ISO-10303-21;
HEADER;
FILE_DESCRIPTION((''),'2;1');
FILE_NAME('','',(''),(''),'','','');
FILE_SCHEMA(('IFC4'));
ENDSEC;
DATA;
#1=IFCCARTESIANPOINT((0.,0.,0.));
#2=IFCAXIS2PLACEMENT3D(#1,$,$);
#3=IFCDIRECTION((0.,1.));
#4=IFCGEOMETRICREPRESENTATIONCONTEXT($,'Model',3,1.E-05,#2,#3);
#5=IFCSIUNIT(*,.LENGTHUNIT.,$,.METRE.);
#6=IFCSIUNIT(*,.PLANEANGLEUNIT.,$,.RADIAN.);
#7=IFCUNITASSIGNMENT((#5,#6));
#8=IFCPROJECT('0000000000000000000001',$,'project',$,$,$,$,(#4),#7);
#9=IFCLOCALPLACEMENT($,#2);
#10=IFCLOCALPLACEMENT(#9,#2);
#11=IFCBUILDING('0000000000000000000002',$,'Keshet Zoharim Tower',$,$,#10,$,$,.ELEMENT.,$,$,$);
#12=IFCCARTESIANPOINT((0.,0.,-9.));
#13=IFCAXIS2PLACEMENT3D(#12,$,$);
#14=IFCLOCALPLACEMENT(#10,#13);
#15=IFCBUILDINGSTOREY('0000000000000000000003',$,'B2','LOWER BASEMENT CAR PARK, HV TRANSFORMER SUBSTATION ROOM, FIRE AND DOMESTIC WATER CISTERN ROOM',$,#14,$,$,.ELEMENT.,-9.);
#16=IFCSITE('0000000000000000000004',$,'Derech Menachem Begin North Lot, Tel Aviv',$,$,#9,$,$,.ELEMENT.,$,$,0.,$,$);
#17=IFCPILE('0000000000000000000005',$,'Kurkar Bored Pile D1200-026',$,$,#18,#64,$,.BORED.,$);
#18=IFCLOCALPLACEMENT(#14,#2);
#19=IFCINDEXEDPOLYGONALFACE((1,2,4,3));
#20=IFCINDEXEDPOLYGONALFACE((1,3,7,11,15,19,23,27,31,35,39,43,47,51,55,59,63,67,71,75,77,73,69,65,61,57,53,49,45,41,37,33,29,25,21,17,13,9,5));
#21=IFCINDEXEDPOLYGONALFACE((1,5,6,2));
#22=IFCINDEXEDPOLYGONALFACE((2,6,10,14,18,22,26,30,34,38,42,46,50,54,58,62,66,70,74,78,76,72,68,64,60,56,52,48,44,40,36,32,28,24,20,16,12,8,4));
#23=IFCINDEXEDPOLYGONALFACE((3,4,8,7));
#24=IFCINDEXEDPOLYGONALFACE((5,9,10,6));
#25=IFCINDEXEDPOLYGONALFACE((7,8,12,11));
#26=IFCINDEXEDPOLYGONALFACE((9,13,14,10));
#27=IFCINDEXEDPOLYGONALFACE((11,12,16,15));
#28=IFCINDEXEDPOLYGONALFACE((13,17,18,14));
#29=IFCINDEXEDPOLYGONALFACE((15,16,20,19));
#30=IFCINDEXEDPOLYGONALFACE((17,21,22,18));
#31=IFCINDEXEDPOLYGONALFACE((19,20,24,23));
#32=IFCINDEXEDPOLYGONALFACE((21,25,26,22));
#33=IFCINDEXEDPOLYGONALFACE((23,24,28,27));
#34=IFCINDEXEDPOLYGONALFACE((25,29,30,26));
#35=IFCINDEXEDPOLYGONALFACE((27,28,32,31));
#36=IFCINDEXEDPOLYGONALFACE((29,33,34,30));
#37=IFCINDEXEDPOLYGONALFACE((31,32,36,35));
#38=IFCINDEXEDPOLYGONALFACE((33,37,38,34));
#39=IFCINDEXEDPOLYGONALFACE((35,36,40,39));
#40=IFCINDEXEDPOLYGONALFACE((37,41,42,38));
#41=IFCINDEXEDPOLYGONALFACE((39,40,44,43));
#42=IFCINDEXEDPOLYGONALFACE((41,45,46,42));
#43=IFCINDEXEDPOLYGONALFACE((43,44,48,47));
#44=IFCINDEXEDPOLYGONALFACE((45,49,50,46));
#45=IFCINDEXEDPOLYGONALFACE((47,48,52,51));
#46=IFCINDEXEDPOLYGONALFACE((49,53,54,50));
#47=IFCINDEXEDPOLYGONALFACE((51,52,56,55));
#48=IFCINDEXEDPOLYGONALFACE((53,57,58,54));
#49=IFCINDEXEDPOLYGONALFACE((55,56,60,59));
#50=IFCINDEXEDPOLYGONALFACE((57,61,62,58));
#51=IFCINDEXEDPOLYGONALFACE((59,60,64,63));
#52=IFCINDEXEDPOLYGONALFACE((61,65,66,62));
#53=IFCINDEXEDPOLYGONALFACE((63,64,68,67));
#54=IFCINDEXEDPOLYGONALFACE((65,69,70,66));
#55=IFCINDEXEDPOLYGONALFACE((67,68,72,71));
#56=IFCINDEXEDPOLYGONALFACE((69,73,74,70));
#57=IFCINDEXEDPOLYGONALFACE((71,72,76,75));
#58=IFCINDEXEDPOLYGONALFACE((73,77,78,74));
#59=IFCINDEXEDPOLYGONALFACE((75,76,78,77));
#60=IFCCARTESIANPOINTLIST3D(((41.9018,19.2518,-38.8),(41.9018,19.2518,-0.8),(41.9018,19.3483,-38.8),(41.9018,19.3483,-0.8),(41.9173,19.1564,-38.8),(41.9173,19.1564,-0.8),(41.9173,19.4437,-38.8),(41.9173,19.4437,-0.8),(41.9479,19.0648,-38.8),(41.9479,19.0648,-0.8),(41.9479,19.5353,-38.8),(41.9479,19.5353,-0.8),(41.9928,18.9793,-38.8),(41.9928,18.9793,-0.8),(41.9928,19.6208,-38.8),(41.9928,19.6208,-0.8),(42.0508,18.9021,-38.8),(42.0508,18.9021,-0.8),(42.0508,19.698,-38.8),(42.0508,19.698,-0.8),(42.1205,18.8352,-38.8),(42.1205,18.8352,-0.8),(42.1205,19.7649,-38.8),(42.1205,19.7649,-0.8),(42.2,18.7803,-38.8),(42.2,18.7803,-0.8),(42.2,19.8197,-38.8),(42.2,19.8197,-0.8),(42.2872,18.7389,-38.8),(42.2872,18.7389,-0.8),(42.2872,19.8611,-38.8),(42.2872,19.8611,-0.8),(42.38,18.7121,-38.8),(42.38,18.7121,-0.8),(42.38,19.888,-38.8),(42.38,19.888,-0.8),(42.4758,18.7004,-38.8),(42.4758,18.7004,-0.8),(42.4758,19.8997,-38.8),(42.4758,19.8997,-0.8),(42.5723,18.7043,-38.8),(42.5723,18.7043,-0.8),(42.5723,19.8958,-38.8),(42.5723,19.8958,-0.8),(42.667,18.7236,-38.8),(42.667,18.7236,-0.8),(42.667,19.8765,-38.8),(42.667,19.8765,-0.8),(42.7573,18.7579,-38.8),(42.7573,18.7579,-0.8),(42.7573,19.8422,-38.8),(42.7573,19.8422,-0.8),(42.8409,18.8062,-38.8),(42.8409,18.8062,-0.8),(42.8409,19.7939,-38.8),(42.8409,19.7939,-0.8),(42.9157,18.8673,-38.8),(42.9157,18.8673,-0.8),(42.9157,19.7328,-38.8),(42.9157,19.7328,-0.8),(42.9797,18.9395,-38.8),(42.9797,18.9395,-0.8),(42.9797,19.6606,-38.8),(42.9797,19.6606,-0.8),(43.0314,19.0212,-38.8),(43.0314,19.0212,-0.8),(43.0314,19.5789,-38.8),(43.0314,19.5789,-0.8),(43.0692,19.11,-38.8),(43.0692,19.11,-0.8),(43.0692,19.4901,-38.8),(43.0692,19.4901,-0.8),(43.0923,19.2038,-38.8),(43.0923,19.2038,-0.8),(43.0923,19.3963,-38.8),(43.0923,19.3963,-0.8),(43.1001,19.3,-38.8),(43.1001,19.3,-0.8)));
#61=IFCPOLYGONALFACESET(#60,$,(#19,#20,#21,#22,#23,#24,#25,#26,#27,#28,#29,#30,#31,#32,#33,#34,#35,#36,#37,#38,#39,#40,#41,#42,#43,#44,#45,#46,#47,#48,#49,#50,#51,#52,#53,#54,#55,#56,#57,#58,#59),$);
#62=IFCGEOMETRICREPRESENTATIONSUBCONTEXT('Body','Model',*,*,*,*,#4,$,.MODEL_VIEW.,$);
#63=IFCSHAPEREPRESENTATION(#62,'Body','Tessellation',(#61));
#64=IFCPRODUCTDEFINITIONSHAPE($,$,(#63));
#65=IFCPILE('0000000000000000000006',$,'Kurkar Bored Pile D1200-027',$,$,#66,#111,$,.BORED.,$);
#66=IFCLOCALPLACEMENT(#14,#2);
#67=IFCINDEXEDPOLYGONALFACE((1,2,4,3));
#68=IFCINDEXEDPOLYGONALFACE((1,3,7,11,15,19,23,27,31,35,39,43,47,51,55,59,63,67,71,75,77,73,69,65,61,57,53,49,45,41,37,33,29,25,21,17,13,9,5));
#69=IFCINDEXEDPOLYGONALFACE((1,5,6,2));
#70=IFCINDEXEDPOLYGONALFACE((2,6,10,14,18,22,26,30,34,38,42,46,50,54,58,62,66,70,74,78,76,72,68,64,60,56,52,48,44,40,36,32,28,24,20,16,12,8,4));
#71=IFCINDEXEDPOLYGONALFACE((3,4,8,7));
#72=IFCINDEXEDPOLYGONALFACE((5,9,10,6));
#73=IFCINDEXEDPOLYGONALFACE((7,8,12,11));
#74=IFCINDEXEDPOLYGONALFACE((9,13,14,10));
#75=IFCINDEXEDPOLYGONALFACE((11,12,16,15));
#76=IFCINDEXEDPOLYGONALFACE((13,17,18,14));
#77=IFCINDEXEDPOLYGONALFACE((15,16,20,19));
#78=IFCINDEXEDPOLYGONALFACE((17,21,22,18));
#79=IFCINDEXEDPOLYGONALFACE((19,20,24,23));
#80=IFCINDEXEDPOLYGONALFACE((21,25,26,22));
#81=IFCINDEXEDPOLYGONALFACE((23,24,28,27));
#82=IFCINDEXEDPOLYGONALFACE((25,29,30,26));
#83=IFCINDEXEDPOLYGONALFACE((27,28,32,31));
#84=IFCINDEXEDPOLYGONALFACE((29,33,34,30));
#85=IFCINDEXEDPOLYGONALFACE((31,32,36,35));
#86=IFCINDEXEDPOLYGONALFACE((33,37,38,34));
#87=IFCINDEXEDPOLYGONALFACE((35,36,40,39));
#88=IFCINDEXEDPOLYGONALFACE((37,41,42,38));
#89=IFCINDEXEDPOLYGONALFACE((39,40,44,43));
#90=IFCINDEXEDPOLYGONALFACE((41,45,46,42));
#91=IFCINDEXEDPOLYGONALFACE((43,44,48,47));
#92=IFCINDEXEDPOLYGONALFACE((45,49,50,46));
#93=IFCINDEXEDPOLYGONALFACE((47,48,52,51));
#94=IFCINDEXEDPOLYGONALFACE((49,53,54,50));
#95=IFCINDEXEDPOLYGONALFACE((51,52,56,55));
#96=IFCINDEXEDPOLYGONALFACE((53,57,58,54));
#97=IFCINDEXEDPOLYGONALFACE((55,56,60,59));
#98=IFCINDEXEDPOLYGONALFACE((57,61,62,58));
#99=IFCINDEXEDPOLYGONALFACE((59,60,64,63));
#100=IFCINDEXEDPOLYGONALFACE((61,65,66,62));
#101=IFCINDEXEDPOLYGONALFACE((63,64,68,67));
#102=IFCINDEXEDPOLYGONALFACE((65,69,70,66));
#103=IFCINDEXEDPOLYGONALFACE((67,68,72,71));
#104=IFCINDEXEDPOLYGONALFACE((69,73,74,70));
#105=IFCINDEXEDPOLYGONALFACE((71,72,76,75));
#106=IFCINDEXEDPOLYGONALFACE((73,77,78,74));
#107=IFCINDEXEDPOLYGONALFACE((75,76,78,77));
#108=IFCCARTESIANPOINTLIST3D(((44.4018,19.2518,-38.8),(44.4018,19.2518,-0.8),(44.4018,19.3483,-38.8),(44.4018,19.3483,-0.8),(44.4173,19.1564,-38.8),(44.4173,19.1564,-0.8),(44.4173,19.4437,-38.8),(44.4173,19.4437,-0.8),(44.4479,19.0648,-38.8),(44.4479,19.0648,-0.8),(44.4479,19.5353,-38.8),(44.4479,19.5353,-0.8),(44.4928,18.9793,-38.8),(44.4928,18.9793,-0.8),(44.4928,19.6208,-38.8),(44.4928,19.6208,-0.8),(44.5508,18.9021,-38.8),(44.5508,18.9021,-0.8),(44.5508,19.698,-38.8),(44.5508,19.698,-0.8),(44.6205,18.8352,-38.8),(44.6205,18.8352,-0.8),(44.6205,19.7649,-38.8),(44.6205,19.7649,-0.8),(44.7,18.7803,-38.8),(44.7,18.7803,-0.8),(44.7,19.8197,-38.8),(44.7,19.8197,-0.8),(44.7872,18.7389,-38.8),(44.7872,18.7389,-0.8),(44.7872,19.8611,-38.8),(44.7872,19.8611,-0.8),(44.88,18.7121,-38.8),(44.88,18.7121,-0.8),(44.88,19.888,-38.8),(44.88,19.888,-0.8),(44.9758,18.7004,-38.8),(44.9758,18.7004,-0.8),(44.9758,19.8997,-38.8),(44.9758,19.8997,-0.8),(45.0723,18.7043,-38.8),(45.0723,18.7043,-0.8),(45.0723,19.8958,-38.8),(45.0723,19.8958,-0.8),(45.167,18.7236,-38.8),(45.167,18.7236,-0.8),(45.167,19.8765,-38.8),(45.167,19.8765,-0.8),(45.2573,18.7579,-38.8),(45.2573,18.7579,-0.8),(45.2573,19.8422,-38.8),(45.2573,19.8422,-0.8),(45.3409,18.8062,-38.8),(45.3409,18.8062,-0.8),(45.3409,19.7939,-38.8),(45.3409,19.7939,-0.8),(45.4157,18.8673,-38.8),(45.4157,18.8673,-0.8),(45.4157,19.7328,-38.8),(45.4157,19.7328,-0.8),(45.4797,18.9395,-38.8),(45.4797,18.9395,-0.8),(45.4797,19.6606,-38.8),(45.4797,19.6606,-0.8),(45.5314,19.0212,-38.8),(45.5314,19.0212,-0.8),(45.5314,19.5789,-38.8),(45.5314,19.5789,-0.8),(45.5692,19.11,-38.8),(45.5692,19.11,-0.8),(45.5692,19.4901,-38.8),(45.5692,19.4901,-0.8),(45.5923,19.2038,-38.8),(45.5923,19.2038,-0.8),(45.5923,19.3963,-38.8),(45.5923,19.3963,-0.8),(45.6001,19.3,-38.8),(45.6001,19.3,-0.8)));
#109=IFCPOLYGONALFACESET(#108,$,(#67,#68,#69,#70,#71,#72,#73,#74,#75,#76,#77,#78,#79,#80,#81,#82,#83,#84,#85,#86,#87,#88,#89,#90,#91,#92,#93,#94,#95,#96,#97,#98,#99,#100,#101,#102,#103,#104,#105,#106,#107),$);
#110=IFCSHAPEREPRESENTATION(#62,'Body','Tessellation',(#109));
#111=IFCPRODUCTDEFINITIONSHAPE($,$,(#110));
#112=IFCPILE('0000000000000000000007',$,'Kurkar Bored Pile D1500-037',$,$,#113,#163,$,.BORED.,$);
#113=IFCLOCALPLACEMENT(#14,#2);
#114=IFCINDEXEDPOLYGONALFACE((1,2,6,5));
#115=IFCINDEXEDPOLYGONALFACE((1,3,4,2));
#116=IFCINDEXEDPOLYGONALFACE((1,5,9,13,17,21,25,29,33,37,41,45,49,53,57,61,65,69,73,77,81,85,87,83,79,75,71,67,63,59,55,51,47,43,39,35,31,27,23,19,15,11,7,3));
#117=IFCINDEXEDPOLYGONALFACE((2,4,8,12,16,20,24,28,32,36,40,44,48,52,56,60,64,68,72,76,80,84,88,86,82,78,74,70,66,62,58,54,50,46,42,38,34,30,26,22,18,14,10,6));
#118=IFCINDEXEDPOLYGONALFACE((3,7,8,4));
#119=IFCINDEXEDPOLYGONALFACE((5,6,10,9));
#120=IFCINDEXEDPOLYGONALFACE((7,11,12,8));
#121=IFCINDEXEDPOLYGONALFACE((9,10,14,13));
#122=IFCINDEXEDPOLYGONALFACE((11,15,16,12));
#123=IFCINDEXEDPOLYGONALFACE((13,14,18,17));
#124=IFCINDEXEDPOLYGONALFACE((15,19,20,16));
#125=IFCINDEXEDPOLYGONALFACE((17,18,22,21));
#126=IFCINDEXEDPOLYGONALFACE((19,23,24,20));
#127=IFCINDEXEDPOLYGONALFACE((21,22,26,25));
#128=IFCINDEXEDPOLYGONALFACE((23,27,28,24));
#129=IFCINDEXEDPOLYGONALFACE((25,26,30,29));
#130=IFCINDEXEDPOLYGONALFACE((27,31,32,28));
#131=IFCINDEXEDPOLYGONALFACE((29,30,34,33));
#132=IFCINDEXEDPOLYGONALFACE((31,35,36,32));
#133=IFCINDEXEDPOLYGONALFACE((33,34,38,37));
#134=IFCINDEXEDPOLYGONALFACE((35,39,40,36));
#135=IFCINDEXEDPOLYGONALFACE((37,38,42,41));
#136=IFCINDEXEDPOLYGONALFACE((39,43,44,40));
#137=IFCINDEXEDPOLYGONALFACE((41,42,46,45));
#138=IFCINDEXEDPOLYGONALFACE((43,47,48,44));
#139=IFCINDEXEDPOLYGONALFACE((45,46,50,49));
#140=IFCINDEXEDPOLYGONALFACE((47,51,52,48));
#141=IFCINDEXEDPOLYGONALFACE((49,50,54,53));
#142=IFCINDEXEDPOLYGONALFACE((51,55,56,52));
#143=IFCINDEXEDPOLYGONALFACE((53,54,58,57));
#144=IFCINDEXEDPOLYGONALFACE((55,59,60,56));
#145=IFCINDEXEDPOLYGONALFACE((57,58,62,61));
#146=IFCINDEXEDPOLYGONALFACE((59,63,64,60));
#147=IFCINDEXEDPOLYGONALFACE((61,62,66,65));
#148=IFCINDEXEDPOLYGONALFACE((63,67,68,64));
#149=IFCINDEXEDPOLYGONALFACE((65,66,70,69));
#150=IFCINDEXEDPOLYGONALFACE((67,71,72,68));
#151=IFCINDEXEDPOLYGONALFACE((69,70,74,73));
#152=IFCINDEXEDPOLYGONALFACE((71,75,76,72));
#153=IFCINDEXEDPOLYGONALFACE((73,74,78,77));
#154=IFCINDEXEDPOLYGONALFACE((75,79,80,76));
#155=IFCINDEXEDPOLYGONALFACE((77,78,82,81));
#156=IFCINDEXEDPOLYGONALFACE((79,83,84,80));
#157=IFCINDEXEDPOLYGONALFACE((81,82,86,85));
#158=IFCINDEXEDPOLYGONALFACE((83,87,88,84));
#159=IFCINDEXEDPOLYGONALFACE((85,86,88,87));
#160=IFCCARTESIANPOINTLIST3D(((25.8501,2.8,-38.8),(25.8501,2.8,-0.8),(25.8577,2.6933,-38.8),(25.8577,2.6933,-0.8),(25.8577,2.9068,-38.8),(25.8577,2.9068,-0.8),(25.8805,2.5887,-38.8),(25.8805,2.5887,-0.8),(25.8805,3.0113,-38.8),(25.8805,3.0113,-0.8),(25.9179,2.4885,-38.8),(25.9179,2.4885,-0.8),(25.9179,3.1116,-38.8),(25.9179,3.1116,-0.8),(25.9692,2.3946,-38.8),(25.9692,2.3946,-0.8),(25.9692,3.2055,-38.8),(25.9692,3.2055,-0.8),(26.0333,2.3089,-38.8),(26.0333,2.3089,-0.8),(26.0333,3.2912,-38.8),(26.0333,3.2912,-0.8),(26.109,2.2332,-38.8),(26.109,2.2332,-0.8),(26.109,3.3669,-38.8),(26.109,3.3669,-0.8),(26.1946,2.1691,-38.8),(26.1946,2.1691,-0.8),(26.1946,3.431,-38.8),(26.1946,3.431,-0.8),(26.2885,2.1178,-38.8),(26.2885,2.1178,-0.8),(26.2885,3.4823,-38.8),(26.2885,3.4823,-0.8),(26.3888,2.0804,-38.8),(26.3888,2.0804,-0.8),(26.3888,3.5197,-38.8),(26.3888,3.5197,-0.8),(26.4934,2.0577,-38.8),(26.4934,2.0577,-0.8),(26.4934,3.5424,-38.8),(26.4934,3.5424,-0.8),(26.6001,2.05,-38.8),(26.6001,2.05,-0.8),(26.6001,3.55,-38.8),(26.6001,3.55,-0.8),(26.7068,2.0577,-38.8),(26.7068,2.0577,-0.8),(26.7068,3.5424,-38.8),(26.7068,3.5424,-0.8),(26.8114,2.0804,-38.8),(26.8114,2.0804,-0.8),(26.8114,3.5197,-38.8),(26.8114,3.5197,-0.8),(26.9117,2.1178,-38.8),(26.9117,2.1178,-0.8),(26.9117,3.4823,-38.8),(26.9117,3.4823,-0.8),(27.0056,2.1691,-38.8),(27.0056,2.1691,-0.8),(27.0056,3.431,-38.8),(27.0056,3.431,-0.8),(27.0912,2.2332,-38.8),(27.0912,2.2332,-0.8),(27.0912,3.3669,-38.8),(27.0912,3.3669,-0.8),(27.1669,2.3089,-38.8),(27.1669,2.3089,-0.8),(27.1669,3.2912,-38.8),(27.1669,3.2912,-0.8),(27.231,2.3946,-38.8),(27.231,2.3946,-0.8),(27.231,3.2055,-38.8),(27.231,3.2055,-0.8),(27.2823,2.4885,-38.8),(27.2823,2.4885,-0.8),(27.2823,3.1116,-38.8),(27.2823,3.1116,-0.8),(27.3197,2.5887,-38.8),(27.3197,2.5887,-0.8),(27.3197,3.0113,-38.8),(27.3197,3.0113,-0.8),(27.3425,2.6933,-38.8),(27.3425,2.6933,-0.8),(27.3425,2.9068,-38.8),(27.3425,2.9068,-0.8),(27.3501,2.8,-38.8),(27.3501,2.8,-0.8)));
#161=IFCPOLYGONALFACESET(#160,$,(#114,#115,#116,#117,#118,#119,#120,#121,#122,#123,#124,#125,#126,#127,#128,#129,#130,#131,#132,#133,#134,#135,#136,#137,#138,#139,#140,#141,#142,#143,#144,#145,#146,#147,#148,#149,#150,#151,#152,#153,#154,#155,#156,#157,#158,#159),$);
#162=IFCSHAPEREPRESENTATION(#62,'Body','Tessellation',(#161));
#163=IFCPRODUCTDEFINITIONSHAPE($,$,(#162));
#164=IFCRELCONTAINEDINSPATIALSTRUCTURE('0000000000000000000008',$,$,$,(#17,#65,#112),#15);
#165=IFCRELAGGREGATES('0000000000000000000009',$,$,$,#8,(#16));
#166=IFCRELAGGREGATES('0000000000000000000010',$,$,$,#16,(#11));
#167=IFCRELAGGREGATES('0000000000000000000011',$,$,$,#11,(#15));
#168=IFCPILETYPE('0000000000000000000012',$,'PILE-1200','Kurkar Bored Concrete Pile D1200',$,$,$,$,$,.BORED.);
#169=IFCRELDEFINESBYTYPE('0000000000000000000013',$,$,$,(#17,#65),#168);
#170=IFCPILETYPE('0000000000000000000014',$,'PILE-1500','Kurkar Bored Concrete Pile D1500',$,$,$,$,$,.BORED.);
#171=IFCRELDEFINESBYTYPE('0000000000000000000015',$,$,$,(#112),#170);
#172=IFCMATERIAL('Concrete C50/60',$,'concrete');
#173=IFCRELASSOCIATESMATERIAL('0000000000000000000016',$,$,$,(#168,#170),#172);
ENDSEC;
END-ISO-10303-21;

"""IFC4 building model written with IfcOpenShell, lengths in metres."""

from ifc_helpers import new_model, si_unit, direction, frame, origin, origin_2d, place, context, subcontext, project, spatial, circle, extrude, material, material_profile, profile_set, type_object, element, save


model = new_model("IFC4")

# Units and contexts
model_context = context("Model", 3, precision=1e-05, world=origin(), true_north=direction((0.0, 1.0)))
body_context = subcontext(model_context, "Body", "Model", "MODEL_VIEW")
ifc_project = project(units=[si_unit("LENGTHUNIT", "METRE"), si_unit("PLANEANGLEUNIT", "RADIAN")], contexts=[model_context])

# Site, building, storey
site_placement = place(None, origin())
site = spatial("IfcSite", under=ifc_project, at=site_placement, Name="Derech Menachem Begin North Lot, Tel Aviv", CompositionType="ELEMENT", RefElevation=0.0)
building_placement = place(site_placement, origin())
building = spatial("IfcBuilding", under=site, at=building_placement, Name="Keshet Zoharim Tower", CompositionType="ELEMENT")
storey_placement = place(building_placement, frame((0.0, 0.0, -9.0)))
storey = spatial("IfcBuildingStorey", under=building, at=storey_placement, Name="B2", Description="LOWER BASEMENT CAR PARK, HV TRANSFORMER SUBSTATION ROOM, FIRE AND DOMESTIC WATER CISTERN ROOM", CompositionType="ELEMENT", Elevation=-9.0)

# Piles
ifc_material_1 = material(Name="Concrete C50/60", Category="concrete")
ifc_material_profile_1 = material_profile(ifc_material_1, circle(Radius=0.6001, at=origin_2d()), Name="PILE-D1200")
ifc_profile_set_1 = profile_set([ifc_material_profile_1], Name="Concrete C50/60")
pile_type_1 = type_object("IfcPileType", Name="PILE-1200", Description="Kurkar Bored Concrete Pile D1200", PredefinedType="BORED", material=ifc_profile_set_1)
for number, where, z_axis, x_axis, name in (
    (1, (42.5, 19.3, -0.8), (0.0, 0.0, -1.0), (1.0, 0.0, 0.0), "Kurkar Bored Pile D1200-026"),
    (2, (45.0, 19.3, -0.8), (0.0, 0.0, -1.0), (1.0, 0.0, 0.0), "Kurkar Bored Pile D1200-027"),
):
    element("IfcPile", number, at=place(storey_placement, frame(where, z_axis=z_axis, x_axis=x_axis)), inside=storey, type_object=pile_type_1, Name=name, PredefinedType="BORED", context=body_context, shape_type="SweptSolid", body=[
        extrude(circle(Radius=0.6001, at=origin_2d()), origin(), (0.0, 0.0, 1.0), 38.0),
    ])
ifc_material_profile_2 = material_profile(ifc_material_1, circle(Radius=0.75, at=origin_2d()), Name="PILE-D1500")
ifc_profile_set_2 = profile_set([ifc_material_profile_2], Name="Concrete C50/60")
pile_type_2 = type_object("IfcPileType", Name="PILE-1500", Description="Kurkar Bored Concrete Pile D1500", PredefinedType="BORED", material=ifc_profile_set_2)
for number, where, z_axis, x_axis, name in (
    (3, (26.6001, 2.8, -0.8), (0.0, 0.0, -1.0), (1.0, 0.0, 0.0), "Kurkar Bored Pile D1500-037"),
):
    element("IfcPile", number, at=place(storey_placement, frame(where, z_axis=z_axis, x_axis=x_axis)), inside=storey, type_object=pile_type_2, Name=name, PredefinedType="BORED", context=body_context, shape_type="SweptSolid", body=[
        extrude(circle(Radius=0.75, at=origin_2d()), origin(), (0.0, 0.0, 1.0), 38.0),
    ])

save(model, "model.ifc")
